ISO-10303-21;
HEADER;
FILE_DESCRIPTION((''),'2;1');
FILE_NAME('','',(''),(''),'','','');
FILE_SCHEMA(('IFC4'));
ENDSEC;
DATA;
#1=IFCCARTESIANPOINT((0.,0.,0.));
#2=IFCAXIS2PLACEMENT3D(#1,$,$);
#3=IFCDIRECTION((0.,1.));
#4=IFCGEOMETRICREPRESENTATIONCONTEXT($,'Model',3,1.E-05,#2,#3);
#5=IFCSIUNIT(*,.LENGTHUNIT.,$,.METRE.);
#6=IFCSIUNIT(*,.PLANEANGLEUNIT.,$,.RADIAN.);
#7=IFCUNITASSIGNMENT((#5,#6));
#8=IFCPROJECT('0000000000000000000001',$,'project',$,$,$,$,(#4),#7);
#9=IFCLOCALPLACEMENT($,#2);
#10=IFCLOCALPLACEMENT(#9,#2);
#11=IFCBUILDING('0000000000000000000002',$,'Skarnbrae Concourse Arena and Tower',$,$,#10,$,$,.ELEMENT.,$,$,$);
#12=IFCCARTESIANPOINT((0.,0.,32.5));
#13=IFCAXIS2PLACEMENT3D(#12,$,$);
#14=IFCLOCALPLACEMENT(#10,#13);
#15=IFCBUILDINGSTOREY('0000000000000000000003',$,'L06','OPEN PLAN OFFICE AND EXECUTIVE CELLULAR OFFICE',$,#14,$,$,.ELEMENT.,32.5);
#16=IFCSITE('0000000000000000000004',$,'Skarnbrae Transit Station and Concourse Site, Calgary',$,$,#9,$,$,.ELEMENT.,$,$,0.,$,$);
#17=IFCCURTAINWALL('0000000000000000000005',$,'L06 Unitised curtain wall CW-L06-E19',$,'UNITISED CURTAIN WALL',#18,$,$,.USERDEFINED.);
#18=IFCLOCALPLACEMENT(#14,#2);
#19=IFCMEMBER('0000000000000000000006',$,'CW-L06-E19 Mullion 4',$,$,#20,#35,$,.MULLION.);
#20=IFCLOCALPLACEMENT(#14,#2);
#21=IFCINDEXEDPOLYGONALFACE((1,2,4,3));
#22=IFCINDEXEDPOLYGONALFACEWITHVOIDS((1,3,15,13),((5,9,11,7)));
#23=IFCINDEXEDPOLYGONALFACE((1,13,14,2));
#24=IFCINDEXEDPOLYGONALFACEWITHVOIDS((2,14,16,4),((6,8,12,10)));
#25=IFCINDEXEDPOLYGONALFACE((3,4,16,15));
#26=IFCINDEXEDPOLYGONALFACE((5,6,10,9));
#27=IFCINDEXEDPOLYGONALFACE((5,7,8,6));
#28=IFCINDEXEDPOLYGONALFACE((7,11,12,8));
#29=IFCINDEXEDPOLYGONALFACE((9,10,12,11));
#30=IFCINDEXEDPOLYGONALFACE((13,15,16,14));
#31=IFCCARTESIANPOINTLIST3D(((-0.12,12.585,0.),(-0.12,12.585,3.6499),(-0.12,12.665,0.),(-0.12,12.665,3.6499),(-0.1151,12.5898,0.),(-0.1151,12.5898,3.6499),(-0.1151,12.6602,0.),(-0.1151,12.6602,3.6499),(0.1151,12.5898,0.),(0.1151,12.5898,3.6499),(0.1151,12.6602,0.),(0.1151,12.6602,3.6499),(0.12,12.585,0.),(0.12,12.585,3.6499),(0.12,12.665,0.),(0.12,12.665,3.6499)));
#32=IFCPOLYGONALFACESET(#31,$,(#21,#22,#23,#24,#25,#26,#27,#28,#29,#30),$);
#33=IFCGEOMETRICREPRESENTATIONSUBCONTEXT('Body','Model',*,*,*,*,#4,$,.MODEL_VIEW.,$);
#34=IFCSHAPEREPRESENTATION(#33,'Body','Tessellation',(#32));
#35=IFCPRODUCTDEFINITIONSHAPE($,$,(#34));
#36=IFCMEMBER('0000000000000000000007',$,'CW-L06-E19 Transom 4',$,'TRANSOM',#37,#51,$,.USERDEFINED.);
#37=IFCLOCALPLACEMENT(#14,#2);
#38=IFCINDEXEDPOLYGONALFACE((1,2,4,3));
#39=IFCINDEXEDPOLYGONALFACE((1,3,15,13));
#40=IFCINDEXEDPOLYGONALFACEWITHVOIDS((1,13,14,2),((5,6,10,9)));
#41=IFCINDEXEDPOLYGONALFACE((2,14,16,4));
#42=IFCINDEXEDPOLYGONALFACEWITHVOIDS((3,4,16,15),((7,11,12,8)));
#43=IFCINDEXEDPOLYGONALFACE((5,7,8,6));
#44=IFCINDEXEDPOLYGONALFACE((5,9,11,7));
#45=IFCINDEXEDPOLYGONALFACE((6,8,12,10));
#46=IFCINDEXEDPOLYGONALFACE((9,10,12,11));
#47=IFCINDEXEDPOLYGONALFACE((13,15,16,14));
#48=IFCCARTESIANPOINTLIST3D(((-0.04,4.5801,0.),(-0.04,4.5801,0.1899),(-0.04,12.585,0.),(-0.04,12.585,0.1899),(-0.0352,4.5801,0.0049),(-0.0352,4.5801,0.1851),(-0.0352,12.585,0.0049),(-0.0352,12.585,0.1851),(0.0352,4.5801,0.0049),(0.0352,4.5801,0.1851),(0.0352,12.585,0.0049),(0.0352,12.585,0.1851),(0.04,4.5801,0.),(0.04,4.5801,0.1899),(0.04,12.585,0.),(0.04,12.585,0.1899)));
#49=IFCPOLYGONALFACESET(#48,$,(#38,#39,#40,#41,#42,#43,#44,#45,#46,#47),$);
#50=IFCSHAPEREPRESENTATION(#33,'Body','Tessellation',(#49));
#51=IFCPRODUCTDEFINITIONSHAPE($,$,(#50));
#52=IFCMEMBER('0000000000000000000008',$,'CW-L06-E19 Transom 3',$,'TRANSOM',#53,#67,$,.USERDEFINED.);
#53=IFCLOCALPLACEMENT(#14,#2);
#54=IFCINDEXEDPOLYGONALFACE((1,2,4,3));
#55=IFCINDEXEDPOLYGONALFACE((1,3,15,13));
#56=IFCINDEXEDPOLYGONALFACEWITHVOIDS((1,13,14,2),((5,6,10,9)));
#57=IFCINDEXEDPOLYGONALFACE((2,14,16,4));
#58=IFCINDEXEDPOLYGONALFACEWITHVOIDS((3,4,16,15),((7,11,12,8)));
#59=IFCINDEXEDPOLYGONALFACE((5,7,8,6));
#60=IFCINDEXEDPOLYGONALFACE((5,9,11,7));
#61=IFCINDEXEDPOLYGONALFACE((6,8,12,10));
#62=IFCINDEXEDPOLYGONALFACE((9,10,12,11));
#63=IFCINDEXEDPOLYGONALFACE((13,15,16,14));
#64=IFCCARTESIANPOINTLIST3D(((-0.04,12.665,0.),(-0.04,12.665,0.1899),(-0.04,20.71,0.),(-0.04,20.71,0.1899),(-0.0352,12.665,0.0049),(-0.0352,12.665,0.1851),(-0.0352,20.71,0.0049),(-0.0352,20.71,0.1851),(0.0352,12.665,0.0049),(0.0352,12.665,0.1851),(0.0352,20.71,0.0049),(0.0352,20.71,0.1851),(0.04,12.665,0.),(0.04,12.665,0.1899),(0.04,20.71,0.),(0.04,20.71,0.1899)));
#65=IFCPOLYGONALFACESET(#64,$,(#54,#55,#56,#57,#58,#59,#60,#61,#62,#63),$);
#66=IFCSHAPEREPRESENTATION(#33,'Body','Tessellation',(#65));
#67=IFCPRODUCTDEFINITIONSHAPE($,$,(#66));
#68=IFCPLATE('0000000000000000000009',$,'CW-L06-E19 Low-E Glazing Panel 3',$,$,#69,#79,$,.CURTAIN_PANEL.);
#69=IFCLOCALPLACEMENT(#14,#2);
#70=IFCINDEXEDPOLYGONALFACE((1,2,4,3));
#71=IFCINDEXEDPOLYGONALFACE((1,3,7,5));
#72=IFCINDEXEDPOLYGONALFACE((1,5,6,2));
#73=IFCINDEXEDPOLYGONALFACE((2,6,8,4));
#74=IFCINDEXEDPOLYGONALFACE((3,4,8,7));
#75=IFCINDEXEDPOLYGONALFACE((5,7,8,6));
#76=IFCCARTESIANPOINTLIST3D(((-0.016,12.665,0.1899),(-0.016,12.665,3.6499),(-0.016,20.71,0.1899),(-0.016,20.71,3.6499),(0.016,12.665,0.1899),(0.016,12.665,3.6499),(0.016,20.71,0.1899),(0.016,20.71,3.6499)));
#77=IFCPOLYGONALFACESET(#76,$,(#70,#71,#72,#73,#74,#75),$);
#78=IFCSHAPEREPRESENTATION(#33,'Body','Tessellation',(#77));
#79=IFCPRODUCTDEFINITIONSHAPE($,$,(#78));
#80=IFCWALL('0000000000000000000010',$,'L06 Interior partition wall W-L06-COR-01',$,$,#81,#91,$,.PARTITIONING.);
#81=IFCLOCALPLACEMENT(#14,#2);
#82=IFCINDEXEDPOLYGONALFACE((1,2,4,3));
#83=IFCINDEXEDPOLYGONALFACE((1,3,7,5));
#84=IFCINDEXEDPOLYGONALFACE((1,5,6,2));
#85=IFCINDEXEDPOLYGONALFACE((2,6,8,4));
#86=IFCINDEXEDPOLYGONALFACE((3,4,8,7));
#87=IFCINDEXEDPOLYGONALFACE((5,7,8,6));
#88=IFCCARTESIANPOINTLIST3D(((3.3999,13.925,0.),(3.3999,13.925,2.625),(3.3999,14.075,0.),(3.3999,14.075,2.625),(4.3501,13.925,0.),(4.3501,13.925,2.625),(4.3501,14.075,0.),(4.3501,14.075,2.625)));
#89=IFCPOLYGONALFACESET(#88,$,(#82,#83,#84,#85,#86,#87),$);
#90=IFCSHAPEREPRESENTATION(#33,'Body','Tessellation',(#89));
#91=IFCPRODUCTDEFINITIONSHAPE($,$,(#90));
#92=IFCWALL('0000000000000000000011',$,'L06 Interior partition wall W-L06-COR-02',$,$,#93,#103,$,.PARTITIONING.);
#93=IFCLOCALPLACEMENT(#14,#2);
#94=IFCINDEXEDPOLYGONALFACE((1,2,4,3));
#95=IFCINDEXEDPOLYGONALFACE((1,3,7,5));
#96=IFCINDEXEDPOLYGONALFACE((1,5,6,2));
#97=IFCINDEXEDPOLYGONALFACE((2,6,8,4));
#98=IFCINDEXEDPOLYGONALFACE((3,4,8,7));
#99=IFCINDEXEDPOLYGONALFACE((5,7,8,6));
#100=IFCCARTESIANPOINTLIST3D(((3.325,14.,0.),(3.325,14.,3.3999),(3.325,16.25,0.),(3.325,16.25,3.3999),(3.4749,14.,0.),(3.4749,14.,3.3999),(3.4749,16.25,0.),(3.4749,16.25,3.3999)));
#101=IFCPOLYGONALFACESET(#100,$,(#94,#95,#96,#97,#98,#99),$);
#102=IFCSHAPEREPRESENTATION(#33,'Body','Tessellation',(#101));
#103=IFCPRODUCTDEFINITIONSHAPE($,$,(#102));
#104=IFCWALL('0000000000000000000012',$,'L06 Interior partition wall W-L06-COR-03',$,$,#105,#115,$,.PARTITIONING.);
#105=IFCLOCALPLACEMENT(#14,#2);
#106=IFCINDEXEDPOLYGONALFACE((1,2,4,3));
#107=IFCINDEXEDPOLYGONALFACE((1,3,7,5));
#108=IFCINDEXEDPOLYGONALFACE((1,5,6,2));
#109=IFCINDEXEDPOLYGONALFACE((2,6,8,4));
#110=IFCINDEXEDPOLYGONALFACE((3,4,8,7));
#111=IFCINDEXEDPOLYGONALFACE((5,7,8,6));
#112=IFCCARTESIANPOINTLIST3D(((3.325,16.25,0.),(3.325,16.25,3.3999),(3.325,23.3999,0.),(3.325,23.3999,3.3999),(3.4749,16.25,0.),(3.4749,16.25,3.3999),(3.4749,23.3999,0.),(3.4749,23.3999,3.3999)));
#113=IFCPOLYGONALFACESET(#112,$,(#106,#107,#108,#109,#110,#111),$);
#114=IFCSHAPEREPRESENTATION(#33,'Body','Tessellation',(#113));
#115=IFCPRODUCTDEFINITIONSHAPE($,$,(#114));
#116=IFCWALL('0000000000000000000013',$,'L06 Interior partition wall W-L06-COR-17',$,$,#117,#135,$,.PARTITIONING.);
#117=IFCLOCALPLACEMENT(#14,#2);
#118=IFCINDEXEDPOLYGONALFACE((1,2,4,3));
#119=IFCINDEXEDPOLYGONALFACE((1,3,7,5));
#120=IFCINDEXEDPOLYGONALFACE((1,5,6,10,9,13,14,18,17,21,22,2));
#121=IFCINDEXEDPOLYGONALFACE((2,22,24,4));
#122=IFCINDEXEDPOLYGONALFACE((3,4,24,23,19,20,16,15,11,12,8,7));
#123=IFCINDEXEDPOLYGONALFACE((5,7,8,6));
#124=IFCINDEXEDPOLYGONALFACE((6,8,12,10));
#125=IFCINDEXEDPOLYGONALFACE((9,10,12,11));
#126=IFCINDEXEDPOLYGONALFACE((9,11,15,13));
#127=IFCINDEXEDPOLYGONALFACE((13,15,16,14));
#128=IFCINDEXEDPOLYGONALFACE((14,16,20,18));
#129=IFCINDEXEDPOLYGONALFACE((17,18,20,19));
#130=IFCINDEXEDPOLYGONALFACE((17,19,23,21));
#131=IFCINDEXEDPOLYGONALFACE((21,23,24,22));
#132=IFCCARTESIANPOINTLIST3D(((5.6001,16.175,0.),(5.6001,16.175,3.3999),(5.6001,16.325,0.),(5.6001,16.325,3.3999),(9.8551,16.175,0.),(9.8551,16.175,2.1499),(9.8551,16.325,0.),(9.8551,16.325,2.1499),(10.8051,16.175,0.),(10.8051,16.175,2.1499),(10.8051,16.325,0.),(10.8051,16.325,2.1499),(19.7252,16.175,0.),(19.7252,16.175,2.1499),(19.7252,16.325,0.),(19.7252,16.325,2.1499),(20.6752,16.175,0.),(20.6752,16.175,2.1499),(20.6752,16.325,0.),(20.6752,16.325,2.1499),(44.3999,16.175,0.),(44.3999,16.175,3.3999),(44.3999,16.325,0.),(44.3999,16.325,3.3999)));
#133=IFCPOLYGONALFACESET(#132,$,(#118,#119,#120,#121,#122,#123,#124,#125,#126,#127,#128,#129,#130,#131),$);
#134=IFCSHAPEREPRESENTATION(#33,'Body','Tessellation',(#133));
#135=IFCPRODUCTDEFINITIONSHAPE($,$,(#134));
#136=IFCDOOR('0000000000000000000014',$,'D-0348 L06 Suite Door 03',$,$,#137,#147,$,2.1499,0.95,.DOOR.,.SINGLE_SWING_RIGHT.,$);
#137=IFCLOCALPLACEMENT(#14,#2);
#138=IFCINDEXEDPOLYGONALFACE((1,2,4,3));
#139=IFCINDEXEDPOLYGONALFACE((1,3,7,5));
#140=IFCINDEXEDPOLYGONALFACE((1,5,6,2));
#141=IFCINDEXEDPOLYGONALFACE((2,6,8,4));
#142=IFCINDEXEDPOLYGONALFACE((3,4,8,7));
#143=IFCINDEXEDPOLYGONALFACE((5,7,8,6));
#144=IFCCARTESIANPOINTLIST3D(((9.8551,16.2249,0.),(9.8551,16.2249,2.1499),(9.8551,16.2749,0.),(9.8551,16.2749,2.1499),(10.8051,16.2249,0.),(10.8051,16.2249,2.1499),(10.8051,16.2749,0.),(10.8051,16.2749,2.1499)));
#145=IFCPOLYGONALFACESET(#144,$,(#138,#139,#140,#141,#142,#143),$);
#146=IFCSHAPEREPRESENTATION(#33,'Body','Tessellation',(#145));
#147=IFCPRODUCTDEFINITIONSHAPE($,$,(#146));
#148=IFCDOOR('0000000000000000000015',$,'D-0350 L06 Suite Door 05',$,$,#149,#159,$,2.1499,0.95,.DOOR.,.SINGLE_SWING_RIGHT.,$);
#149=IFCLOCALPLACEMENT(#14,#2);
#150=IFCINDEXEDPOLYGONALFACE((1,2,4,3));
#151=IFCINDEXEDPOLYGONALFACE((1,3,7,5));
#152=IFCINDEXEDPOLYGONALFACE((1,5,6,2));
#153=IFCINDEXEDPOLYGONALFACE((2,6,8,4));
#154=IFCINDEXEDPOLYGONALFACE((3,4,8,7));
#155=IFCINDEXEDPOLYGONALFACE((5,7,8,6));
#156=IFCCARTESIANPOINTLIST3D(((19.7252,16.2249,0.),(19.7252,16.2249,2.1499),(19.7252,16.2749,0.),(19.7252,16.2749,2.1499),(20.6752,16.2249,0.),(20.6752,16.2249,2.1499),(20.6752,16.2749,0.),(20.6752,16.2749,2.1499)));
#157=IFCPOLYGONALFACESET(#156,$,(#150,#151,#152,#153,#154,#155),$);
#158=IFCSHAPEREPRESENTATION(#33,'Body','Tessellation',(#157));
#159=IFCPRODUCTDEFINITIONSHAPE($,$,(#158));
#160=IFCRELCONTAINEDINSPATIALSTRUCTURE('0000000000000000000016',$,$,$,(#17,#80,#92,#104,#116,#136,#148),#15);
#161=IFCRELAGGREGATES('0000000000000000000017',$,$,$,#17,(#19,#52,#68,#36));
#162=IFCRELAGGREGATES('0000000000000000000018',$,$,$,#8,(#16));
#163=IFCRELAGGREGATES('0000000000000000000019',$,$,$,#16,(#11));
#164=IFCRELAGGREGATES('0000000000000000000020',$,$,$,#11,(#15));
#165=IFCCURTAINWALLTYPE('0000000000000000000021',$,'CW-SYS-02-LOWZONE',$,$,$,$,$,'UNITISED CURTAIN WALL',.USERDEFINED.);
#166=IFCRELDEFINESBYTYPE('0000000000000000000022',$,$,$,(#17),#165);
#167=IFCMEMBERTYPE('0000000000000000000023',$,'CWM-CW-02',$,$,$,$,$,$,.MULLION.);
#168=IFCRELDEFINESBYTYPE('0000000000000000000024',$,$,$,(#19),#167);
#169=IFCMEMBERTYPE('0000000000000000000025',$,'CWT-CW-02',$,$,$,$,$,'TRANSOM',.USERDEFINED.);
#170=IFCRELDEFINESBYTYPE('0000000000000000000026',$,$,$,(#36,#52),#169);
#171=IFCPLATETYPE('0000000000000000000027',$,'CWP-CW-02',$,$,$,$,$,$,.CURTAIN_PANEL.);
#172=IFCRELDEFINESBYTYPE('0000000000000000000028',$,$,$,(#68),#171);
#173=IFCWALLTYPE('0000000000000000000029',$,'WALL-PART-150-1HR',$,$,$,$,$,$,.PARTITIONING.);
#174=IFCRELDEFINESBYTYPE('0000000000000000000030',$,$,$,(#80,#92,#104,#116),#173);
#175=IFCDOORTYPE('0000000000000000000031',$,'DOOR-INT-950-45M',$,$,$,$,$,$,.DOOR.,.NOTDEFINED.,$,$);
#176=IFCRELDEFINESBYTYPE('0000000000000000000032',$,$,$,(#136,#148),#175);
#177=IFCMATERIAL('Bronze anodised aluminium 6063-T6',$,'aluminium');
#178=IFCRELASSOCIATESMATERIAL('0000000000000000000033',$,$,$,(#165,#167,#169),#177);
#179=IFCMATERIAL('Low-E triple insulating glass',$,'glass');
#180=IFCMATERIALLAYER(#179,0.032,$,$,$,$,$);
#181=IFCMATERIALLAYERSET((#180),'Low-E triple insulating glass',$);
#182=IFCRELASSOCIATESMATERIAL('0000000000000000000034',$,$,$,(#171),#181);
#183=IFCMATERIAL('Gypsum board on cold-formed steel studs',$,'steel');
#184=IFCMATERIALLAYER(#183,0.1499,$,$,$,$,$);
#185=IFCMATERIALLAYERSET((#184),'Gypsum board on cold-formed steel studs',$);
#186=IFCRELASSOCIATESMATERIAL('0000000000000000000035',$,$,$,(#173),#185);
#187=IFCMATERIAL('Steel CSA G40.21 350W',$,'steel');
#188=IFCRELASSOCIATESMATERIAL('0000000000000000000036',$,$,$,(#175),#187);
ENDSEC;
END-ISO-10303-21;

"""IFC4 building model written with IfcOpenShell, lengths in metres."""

from ifc_helpers import new_model, si_unit, direction, frame, frame_2d, origin, origin_2d, place, context, subcontext, project, spatial, rectangle, hollow_rectangle, extrude, source, transform, mapped, material, layer, layer_set, material_profile, profile_set, type_object, element, fill, aggregate, save


model = new_model("IFC4")

# Units and contexts
model_context = context("Model", 3, precision=1e-05, world=origin(), true_north=direction((0.0, 1.0)))
body_context = subcontext(model_context, "Body", "Model", "MODEL_VIEW")
ifc_project = project(units=[si_unit("LENGTHUNIT", "METRE"), si_unit("PLANEANGLEUNIT", "RADIAN")], contexts=[model_context])

# Site, building, storey
site_placement = place(None, origin())
site = spatial("IfcSite", under=ifc_project, at=site_placement, Name="Skarnbrae Transit Station and Concourse Site, Calgary", CompositionType="ELEMENT", RefElevation=0.0)
building_placement = place(site_placement, origin())
building = spatial("IfcBuilding", under=site, at=building_placement, Name="Skarnbrae Concourse Arena and Tower", CompositionType="ELEMENT")
storey_placement = place(building_placement, frame((0.0, 0.0, 32.5)))
storey = spatial("IfcBuildingStorey", under=building, at=storey_placement, Name="L06", Description="OPEN PLAN OFFICE AND EXECUTIVE CELLULAR OFFICE", CompositionType="ELEMENT", Elevation=32.5)

# Shared definitions
ifc_material_1 = material(Name="Steel CSA G40.21 350W", Category="steel")

# Curtain wall, members, plate
ifc_material_2 = material(Name="Bronze anodised aluminium 6063-T6", Category="aluminium")
curtain_wall_type = type_object("IfcCurtainWallType", Name="CW-SYS-02-LOWZONE", ElementType="UNITISED CURTAIN WALL", PredefinedType="USERDEFINED", material=ifc_material_2)
curtain_wall_placement = place(storey_placement, origin())
curtain_wall = element("IfcCurtainWall", 1, at=curtain_wall_placement, inside=storey, type_object=curtain_wall_type, Name="L06 Unitised curtain wall CW-L06-E19", ObjectType="UNITISED CURTAIN WALL", PredefinedType="USERDEFINED")
ifc_material_profile_1 = material_profile(ifc_material_2, hollow_rectangle(XDim=0.0801, YDim=0.24, WallThickness=0.0049, at=origin_2d()), Name="ALU-MULL-80X240")
ifc_profile_set_1 = profile_set([ifc_material_profile_1], Name="Bronze anodised aluminium 6063-T6")
member_type_1 = type_object("IfcMemberType", Name="CWM-CW-02", PredefinedType="MULLION", material=ifc_profile_set_1)
shared_shape_1 = source(origin(), body_context, "Body", "SweptSolid", [
    extrude(hollow_rectangle(XDim=0.0801, YDim=0.24, WallThickness=0.0049, at=origin_2d()), origin(), (0.0, 0.0, 1.0), 3.6499),
])
member_1_placement = place(storey_placement, frame((0.0, 12.625, 0.0), z_axis=(0.0, 0.0, 1.0), x_axis=(0.0, -1.0, 0.0)))
member_1 = element("IfcMember", 2, at=member_1_placement, type_object=member_type_1, Name="CW-L06-E19 Mullion 4", PredefinedType="MULLION", context=body_context, shape_type="MappedRepresentation", body=[
    mapped(shared_shape_1, transform((0.0, 0.0, 0.0))),
])
ifc_material_profile_2 = material_profile(ifc_material_2, hollow_rectangle(XDim=0.0801, YDim=0.1899, WallThickness=0.0049, at=origin_2d()), Name="ALU-TRAN-80X190")
ifc_profile_set_2 = profile_set([ifc_material_profile_2], Name="Bronze anodised aluminium 6063-T6")
member_type_2 = type_object("IfcMemberType", Name="CWT-CW-02", ElementType="TRANSOM", PredefinedType="USERDEFINED", material=ifc_profile_set_2)
shared_shape_2 = source(origin(), body_context, "Body", "SweptSolid", [
    extrude(hollow_rectangle(XDim=0.0801, YDim=0.1899, WallThickness=0.0049, at=origin_2d()), origin(), (0.0, 0.0, 1.0), 8.0049),
])
member_2_placement = place(storey_placement, frame((0.0, 12.585, 0.095), z_axis=(0.0, -1.0, 0.0), x_axis=(1.0, 0.0, 0.0)))
member_2 = element("IfcMember", 3, at=member_2_placement, type_object=member_type_2, Name="CW-L06-E19 Transom 4", ObjectType="TRANSOM", PredefinedType="USERDEFINED", context=body_context, shape_type="MappedRepresentation", body=[
    mapped(shared_shape_2, transform((0.0, 0.0, 0.0))),
])
shared_shape_3 = source(origin(), body_context, "Body", "SweptSolid", [
    extrude(hollow_rectangle(XDim=0.0801, YDim=0.1899, WallThickness=0.0049, at=origin_2d()), origin(), (0.0, 0.0, 1.0), 8.0449),
])
member_3_placement = place(storey_placement, frame((0.0, 20.71, 0.095), z_axis=(0.0, -1.0, 0.0), x_axis=(1.0, 0.0, 0.0)))
member_3 = element("IfcMember", 4, at=member_3_placement, type_object=member_type_2, Name="CW-L06-E19 Transom 3", ObjectType="TRANSOM", PredefinedType="USERDEFINED", context=body_context, shape_type="MappedRepresentation", body=[
    mapped(shared_shape_3, transform((0.0, 0.0, 0.0))),
])
ifc_material_3 = material(Name="Low-E triple insulating glass", Category="glass")
ifc_layer_1 = layer(ifc_material_3, 0.032)
ifc_layer_set_1 = layer_set([ifc_layer_1], Name="Low-E triple insulating glass")
plate_type = type_object("IfcPlateType", Name="CWP-CW-02", PredefinedType="CURTAIN_PANEL", material=ifc_layer_set_1)
shared_shape_4 = source(origin(), body_context, "Body", "SweptSolid", [
    extrude(rectangle(XDim=8.0449, YDim=0.032, at=origin_2d()), origin(), (0.0, 0.0, 1.0), 3.46),
])
plate_placement = place(storey_placement, frame((0.0, 16.6875, 0.1899), z_axis=(0.0, 0.0, 1.0), x_axis=(0.0, -1.0, 0.0)))
plate = element("IfcPlate", 5, at=plate_placement, type_object=plate_type, Name="CW-L06-E19 Low-E Glazing Panel 3", PredefinedType="CURTAIN_PANEL", context=body_context, shape_type="MappedRepresentation", body=[
    mapped(shared_shape_4, transform((0.0, 0.0, 0.0))),
])
aggregate(curtain_wall, [member_1, member_3, plate, member_2])

# Shared definitions
ifc_material_4 = material(Name="Gypsum board on cold-formed steel studs", Category="steel")

# Walls
ifc_layer_2 = layer(ifc_material_4, 0.1499)
ifc_layer_set_2 = layer_set([ifc_layer_2], Name="Gypsum board on cold-formed steel studs")
wall_type_1 = type_object("IfcWallType", Name="WALL-PART-150-1HR", PredefinedType="PARTITIONING", material=ifc_layer_set_2)
shared_shape_5 = source(origin(), body_context, "Body", "SweptSolid", [
    extrude(rectangle(XDim=0.9502, YDim=0.1499, at=frame_2d((0.4751, 0.0))), origin(), (0.0, 0.0, 1.0), 2.625),
])
wall_1_placement = place(storey_placement, frame((4.3501, 14.0, 0.0), z_axis=(0.0, 0.0, 1.0), x_axis=(-1.0, 0.0, 0.0)))
element("IfcWall", 6, at=wall_1_placement, inside=storey, type_object=wall_type_1, Name="L06 Interior partition wall W-L06-COR-01", PredefinedType="PARTITIONING", context=body_context, shape_type="MappedRepresentation", body=[
    mapped(shared_shape_5, transform((0.0, 0.0, 0.0))),
])
shared_shape_6 = source(origin(), body_context, "Body", "SweptSolid", [
    extrude(rectangle(XDim=2.25, YDim=0.1499, at=frame_2d((1.125, 0.0))), origin(), (0.0, 0.0, 1.0), 3.3999),
])
wall_2_placement = place(storey_placement, frame((3.3999, 14.0, 0.0), z_axis=(0.0, 0.0, 1.0), x_axis=(0.0, 1.0, 0.0)))
element("IfcWall", 7, at=wall_2_placement, inside=storey, type_object=wall_type_1, Name="L06 Interior partition wall W-L06-COR-02", PredefinedType="PARTITIONING", context=body_context, shape_type="MappedRepresentation", body=[
    mapped(shared_shape_6, transform((0.0, 0.0, 0.0))),
])
shared_shape_7 = source(origin(), body_context, "Body", "SweptSolid", [
    extrude(rectangle(XDim=7.1499, YDim=0.1499, at=frame_2d((3.575, 0.0))), origin(), (0.0, 0.0, 1.0), 3.3999),
])
wall_3_placement = place(storey_placement, frame((3.3999, 16.25, 0.0), z_axis=(0.0, 0.0, 1.0), x_axis=(0.0, 1.0, 0.0)))
element("IfcWall", 8, at=wall_3_placement, inside=storey, type_object=wall_type_1, Name="L06 Interior partition wall W-L06-COR-03", PredefinedType="PARTITIONING", context=body_context, shape_type="MappedRepresentation", body=[
    mapped(shared_shape_7, transform((0.0, 0.0, 0.0))),
])

# Wall, openings, doors
shared_shape_8 = source(origin(), body_context, "Body", "SweptSolid", [
    extrude(rectangle(XDim=38.7998, YDim=0.1499, at=frame_2d((19.3999, 0.0))), origin(), (0.0, 0.0, 1.0), 3.3999),
])
wall_4_placement = place(storey_placement, frame((5.6001, 16.25, 0.0), z_axis=(0.0, 0.0, 1.0), x_axis=(1.0, 0.0, 0.0)))
wall_4 = element("IfcWall", 9, at=wall_4_placement, inside=storey, type_object=wall_type_1, Name="L06 Interior partition wall W-L06-COR-17", PredefinedType="PARTITIONING", context=body_context, shape_type="MappedRepresentation", body=[
    mapped(shared_shape_8, transform((0.0, 0.0, 0.0))),
])
opening_1_placement = place(wall_4_placement, frame((4.2549, 0.0, 0.0)))
opening_1 = element("IfcOpeningElement", 10, at=opening_1_placement, cuts=wall_4, PredefinedType="OPENING", context=body_context, shape_type="SweptSolid", body=[
    extrude(rectangle(XDim=0.95, YDim=2.1499, at=frame_2d((0.4751, 1.075))), frame((0.0, 0.085, 0.0), z_axis=(0.0, -1.0, 0.0), x_axis=(1.0, 0.0, 0.0)), (0.0, 0.0, 1.0), 0.1699),
])
opening_2_placement = place(wall_4_placement, frame((14.125, 0.0, 0.0)))
opening_2 = element("IfcOpeningElement", 11, at=opening_2_placement, cuts=wall_4, PredefinedType="OPENING", context=body_context, shape_type="SweptSolid", body=[
    extrude(rectangle(XDim=0.95, YDim=2.1499, at=frame_2d((0.4751, 1.075))), frame((0.0, 0.085, 0.0), z_axis=(0.0, -1.0, 0.0), x_axis=(1.0, 0.0, 0.0)), (0.0, 0.0, 1.0), 0.1699),
])
door_type_1 = type_object("IfcDoorType", Name="DOOR-INT-950-45M", OperationType="NOTDEFINED", PredefinedType="DOOR", material=ifc_material_1)
shared_shape_9 = source(origin(), body_context, "Body", "SweptSolid", [
    extrude(rectangle(XDim=0.95, YDim=2.1499, at=frame_2d((0.4751, 1.075))), frame((0.0, 0.0249, 0.0), z_axis=(0.0, -1.0, 0.0), x_axis=(1.0, 0.0, 0.0)), (0.0, 0.0, 1.0), 0.05),
])
door_1_placement = place(opening_1_placement, origin())
door_1 = element("IfcDoor", 12, at=door_1_placement, inside=storey, type_object=door_type_1, Name="D-0348 L06 Suite Door 03", OperationType="SINGLE_SWING_RIGHT", OverallHeight=2.1499, OverallWidth=0.95, PredefinedType="DOOR", context=body_context, shape_type="MappedRepresentation", body=[
    mapped(shared_shape_9, transform((0.0, 0.0, 0.0))),
])
fill(opening_1, door_1)
door_2_placement = place(opening_2_placement, origin())
door_2 = element("IfcDoor", 13, at=door_2_placement, inside=storey, type_object=door_type_1, Name="D-0350 L06 Suite Door 05", OperationType="SINGLE_SWING_RIGHT", OverallHeight=2.1499, OverallWidth=0.95, PredefinedType="DOOR", context=body_context, shape_type="MappedRepresentation", body=[
    mapped(shared_shape_9, transform((0.0, 0.0, 0.0))),
])
fill(opening_2, door_2)

save(model, "model.ifc")
